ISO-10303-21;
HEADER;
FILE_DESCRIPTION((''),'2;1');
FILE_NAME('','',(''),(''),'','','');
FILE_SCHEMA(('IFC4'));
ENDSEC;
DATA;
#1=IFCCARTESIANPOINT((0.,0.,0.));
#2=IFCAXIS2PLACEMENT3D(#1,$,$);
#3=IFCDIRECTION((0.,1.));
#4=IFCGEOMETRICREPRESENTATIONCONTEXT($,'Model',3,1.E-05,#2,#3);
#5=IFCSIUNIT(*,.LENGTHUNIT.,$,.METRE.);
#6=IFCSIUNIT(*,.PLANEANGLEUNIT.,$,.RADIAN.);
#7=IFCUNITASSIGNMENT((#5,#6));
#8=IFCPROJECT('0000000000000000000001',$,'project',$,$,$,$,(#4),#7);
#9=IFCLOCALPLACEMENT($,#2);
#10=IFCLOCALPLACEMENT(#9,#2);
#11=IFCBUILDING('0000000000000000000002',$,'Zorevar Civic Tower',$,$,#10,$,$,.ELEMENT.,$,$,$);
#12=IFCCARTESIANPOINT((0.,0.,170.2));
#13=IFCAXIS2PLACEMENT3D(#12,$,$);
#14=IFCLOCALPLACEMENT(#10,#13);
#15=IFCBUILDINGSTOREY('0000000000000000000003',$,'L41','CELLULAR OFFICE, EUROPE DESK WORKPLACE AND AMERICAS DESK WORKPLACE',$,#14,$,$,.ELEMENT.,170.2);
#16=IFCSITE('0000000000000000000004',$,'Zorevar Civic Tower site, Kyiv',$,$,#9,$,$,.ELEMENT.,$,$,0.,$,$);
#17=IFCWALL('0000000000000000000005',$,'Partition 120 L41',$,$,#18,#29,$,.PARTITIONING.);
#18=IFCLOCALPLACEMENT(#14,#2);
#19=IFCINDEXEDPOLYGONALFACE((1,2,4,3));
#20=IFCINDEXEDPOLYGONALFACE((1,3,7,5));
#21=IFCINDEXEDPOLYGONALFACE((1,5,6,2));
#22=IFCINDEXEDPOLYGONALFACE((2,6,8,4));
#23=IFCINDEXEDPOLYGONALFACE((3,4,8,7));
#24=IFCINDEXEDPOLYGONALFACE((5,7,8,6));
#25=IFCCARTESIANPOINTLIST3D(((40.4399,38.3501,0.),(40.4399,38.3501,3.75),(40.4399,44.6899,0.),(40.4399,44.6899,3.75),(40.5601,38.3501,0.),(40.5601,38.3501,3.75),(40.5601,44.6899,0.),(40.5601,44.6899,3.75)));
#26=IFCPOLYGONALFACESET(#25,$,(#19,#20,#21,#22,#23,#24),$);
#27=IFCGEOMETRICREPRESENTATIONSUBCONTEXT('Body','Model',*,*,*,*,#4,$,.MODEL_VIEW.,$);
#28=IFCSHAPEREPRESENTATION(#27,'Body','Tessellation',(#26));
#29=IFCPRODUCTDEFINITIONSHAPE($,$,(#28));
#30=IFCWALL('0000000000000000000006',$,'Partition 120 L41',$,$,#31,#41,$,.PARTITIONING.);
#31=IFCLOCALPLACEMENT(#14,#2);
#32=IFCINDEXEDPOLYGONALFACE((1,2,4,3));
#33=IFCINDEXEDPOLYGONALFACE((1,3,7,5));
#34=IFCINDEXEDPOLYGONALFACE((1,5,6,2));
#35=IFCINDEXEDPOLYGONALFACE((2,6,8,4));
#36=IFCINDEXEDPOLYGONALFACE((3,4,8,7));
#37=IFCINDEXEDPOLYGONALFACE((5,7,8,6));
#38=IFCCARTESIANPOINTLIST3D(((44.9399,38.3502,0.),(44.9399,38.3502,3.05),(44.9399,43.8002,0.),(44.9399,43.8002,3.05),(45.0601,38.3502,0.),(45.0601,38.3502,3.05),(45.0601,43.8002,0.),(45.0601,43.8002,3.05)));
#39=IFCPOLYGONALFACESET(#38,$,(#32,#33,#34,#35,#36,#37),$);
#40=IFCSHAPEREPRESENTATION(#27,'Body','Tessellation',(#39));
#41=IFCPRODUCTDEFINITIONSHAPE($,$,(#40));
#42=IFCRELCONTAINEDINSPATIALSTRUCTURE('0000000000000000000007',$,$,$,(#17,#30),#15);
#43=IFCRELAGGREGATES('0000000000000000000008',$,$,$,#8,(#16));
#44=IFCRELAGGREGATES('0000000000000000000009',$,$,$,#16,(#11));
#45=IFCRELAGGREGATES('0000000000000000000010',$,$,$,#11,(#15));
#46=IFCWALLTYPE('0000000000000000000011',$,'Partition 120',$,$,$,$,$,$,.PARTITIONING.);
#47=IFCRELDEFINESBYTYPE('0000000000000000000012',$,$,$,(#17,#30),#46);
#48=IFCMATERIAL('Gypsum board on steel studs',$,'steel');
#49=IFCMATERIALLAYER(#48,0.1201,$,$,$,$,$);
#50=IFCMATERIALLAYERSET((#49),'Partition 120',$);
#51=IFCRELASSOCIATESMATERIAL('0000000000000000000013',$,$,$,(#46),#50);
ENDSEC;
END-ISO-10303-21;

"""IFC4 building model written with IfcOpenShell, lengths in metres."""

from ifc_helpers import new_model, si_unit, direction, frame, frame_2d, origin, place, context, subcontext, project, spatial, rectangle, extrude, material, layer, layer_set, type_object, element, save


model = new_model("IFC4")

# Units and contexts
model_context = context("Model", 3, precision=1e-05, world=origin(), true_north=direction((0.0, 1.0)))
body_context = subcontext(model_context, "Body", "Model", "MODEL_VIEW")
ifc_project = project(units=[si_unit("LENGTHUNIT", "METRE"), si_unit("PLANEANGLEUNIT", "RADIAN")], contexts=[model_context])

# Site, building, storey
site_placement = place(None, origin())
site = spatial("IfcSite", under=ifc_project, at=site_placement, Name="Zorevar Civic Tower site, Kyiv", CompositionType="ELEMENT", RefElevation=0.0)
building_placement = place(site_placement, origin())
building = spatial("IfcBuilding", under=site, at=building_placement, Name="Zorevar Civic Tower", CompositionType="ELEMENT")
storey_placement = place(building_placement, frame((0.0, 0.0, 170.2)))
storey = spatial("IfcBuildingStorey", under=building, at=storey_placement, Name="L41", Description="CELLULAR OFFICE, EUROPE DESK WORKPLACE AND AMERICAS DESK WORKPLACE", CompositionType="ELEMENT", Elevation=170.2)

# Shared definitions
ifc_material_1 = material(Name="Gypsum board on steel studs", Category="steel")
ifc_layer_1 = layer(ifc_material_1, 0.1201)
ifc_layer_set_1 = layer_set([ifc_layer_1], Name="Partition 120")
wall_type_1 = type_object("IfcWallType", Name="Partition 120", PredefinedType="PARTITIONING", material=ifc_layer_set_1)

# Walls
wall_1_placement = place(storey_placement, frame((40.5, 38.3501, 0.0), z_axis=(0.0, 0.0, 1.0), x_axis=(0.0, 1.0, 0.0)))
element("IfcWall", 1, at=wall_1_placement, inside=storey, type_object=wall_type_1, Name="Partition 120 L41", PredefinedType="PARTITIONING", context=body_context, shape_type="SweptSolid", body=[
    extrude(rectangle(XDim=6.3398, YDim=0.1201, at=frame_2d((3.1699, 0.0))), origin(), (0.0, 0.0, 1.0), 3.75),
])
wall_2_placement = place(storey_placement, frame((45.0, 38.3501, 0.0), z_axis=(0.0, 0.0, 1.0), x_axis=(0.0, 1.0, 0.0)))
element("IfcWall", 2, at=wall_2_placement, inside=storey, type_object=wall_type_1, Name="Partition 120 L41", PredefinedType="PARTITIONING", context=body_context, shape_type="SweptSolid", body=[
    extrude(rectangle(XDim=5.45, YDim=0.1201, at=frame_2d((2.7251, 0.0))), origin(), (0.0, 0.0, 1.0), 3.05),
])

save(model, "model.ifc")
